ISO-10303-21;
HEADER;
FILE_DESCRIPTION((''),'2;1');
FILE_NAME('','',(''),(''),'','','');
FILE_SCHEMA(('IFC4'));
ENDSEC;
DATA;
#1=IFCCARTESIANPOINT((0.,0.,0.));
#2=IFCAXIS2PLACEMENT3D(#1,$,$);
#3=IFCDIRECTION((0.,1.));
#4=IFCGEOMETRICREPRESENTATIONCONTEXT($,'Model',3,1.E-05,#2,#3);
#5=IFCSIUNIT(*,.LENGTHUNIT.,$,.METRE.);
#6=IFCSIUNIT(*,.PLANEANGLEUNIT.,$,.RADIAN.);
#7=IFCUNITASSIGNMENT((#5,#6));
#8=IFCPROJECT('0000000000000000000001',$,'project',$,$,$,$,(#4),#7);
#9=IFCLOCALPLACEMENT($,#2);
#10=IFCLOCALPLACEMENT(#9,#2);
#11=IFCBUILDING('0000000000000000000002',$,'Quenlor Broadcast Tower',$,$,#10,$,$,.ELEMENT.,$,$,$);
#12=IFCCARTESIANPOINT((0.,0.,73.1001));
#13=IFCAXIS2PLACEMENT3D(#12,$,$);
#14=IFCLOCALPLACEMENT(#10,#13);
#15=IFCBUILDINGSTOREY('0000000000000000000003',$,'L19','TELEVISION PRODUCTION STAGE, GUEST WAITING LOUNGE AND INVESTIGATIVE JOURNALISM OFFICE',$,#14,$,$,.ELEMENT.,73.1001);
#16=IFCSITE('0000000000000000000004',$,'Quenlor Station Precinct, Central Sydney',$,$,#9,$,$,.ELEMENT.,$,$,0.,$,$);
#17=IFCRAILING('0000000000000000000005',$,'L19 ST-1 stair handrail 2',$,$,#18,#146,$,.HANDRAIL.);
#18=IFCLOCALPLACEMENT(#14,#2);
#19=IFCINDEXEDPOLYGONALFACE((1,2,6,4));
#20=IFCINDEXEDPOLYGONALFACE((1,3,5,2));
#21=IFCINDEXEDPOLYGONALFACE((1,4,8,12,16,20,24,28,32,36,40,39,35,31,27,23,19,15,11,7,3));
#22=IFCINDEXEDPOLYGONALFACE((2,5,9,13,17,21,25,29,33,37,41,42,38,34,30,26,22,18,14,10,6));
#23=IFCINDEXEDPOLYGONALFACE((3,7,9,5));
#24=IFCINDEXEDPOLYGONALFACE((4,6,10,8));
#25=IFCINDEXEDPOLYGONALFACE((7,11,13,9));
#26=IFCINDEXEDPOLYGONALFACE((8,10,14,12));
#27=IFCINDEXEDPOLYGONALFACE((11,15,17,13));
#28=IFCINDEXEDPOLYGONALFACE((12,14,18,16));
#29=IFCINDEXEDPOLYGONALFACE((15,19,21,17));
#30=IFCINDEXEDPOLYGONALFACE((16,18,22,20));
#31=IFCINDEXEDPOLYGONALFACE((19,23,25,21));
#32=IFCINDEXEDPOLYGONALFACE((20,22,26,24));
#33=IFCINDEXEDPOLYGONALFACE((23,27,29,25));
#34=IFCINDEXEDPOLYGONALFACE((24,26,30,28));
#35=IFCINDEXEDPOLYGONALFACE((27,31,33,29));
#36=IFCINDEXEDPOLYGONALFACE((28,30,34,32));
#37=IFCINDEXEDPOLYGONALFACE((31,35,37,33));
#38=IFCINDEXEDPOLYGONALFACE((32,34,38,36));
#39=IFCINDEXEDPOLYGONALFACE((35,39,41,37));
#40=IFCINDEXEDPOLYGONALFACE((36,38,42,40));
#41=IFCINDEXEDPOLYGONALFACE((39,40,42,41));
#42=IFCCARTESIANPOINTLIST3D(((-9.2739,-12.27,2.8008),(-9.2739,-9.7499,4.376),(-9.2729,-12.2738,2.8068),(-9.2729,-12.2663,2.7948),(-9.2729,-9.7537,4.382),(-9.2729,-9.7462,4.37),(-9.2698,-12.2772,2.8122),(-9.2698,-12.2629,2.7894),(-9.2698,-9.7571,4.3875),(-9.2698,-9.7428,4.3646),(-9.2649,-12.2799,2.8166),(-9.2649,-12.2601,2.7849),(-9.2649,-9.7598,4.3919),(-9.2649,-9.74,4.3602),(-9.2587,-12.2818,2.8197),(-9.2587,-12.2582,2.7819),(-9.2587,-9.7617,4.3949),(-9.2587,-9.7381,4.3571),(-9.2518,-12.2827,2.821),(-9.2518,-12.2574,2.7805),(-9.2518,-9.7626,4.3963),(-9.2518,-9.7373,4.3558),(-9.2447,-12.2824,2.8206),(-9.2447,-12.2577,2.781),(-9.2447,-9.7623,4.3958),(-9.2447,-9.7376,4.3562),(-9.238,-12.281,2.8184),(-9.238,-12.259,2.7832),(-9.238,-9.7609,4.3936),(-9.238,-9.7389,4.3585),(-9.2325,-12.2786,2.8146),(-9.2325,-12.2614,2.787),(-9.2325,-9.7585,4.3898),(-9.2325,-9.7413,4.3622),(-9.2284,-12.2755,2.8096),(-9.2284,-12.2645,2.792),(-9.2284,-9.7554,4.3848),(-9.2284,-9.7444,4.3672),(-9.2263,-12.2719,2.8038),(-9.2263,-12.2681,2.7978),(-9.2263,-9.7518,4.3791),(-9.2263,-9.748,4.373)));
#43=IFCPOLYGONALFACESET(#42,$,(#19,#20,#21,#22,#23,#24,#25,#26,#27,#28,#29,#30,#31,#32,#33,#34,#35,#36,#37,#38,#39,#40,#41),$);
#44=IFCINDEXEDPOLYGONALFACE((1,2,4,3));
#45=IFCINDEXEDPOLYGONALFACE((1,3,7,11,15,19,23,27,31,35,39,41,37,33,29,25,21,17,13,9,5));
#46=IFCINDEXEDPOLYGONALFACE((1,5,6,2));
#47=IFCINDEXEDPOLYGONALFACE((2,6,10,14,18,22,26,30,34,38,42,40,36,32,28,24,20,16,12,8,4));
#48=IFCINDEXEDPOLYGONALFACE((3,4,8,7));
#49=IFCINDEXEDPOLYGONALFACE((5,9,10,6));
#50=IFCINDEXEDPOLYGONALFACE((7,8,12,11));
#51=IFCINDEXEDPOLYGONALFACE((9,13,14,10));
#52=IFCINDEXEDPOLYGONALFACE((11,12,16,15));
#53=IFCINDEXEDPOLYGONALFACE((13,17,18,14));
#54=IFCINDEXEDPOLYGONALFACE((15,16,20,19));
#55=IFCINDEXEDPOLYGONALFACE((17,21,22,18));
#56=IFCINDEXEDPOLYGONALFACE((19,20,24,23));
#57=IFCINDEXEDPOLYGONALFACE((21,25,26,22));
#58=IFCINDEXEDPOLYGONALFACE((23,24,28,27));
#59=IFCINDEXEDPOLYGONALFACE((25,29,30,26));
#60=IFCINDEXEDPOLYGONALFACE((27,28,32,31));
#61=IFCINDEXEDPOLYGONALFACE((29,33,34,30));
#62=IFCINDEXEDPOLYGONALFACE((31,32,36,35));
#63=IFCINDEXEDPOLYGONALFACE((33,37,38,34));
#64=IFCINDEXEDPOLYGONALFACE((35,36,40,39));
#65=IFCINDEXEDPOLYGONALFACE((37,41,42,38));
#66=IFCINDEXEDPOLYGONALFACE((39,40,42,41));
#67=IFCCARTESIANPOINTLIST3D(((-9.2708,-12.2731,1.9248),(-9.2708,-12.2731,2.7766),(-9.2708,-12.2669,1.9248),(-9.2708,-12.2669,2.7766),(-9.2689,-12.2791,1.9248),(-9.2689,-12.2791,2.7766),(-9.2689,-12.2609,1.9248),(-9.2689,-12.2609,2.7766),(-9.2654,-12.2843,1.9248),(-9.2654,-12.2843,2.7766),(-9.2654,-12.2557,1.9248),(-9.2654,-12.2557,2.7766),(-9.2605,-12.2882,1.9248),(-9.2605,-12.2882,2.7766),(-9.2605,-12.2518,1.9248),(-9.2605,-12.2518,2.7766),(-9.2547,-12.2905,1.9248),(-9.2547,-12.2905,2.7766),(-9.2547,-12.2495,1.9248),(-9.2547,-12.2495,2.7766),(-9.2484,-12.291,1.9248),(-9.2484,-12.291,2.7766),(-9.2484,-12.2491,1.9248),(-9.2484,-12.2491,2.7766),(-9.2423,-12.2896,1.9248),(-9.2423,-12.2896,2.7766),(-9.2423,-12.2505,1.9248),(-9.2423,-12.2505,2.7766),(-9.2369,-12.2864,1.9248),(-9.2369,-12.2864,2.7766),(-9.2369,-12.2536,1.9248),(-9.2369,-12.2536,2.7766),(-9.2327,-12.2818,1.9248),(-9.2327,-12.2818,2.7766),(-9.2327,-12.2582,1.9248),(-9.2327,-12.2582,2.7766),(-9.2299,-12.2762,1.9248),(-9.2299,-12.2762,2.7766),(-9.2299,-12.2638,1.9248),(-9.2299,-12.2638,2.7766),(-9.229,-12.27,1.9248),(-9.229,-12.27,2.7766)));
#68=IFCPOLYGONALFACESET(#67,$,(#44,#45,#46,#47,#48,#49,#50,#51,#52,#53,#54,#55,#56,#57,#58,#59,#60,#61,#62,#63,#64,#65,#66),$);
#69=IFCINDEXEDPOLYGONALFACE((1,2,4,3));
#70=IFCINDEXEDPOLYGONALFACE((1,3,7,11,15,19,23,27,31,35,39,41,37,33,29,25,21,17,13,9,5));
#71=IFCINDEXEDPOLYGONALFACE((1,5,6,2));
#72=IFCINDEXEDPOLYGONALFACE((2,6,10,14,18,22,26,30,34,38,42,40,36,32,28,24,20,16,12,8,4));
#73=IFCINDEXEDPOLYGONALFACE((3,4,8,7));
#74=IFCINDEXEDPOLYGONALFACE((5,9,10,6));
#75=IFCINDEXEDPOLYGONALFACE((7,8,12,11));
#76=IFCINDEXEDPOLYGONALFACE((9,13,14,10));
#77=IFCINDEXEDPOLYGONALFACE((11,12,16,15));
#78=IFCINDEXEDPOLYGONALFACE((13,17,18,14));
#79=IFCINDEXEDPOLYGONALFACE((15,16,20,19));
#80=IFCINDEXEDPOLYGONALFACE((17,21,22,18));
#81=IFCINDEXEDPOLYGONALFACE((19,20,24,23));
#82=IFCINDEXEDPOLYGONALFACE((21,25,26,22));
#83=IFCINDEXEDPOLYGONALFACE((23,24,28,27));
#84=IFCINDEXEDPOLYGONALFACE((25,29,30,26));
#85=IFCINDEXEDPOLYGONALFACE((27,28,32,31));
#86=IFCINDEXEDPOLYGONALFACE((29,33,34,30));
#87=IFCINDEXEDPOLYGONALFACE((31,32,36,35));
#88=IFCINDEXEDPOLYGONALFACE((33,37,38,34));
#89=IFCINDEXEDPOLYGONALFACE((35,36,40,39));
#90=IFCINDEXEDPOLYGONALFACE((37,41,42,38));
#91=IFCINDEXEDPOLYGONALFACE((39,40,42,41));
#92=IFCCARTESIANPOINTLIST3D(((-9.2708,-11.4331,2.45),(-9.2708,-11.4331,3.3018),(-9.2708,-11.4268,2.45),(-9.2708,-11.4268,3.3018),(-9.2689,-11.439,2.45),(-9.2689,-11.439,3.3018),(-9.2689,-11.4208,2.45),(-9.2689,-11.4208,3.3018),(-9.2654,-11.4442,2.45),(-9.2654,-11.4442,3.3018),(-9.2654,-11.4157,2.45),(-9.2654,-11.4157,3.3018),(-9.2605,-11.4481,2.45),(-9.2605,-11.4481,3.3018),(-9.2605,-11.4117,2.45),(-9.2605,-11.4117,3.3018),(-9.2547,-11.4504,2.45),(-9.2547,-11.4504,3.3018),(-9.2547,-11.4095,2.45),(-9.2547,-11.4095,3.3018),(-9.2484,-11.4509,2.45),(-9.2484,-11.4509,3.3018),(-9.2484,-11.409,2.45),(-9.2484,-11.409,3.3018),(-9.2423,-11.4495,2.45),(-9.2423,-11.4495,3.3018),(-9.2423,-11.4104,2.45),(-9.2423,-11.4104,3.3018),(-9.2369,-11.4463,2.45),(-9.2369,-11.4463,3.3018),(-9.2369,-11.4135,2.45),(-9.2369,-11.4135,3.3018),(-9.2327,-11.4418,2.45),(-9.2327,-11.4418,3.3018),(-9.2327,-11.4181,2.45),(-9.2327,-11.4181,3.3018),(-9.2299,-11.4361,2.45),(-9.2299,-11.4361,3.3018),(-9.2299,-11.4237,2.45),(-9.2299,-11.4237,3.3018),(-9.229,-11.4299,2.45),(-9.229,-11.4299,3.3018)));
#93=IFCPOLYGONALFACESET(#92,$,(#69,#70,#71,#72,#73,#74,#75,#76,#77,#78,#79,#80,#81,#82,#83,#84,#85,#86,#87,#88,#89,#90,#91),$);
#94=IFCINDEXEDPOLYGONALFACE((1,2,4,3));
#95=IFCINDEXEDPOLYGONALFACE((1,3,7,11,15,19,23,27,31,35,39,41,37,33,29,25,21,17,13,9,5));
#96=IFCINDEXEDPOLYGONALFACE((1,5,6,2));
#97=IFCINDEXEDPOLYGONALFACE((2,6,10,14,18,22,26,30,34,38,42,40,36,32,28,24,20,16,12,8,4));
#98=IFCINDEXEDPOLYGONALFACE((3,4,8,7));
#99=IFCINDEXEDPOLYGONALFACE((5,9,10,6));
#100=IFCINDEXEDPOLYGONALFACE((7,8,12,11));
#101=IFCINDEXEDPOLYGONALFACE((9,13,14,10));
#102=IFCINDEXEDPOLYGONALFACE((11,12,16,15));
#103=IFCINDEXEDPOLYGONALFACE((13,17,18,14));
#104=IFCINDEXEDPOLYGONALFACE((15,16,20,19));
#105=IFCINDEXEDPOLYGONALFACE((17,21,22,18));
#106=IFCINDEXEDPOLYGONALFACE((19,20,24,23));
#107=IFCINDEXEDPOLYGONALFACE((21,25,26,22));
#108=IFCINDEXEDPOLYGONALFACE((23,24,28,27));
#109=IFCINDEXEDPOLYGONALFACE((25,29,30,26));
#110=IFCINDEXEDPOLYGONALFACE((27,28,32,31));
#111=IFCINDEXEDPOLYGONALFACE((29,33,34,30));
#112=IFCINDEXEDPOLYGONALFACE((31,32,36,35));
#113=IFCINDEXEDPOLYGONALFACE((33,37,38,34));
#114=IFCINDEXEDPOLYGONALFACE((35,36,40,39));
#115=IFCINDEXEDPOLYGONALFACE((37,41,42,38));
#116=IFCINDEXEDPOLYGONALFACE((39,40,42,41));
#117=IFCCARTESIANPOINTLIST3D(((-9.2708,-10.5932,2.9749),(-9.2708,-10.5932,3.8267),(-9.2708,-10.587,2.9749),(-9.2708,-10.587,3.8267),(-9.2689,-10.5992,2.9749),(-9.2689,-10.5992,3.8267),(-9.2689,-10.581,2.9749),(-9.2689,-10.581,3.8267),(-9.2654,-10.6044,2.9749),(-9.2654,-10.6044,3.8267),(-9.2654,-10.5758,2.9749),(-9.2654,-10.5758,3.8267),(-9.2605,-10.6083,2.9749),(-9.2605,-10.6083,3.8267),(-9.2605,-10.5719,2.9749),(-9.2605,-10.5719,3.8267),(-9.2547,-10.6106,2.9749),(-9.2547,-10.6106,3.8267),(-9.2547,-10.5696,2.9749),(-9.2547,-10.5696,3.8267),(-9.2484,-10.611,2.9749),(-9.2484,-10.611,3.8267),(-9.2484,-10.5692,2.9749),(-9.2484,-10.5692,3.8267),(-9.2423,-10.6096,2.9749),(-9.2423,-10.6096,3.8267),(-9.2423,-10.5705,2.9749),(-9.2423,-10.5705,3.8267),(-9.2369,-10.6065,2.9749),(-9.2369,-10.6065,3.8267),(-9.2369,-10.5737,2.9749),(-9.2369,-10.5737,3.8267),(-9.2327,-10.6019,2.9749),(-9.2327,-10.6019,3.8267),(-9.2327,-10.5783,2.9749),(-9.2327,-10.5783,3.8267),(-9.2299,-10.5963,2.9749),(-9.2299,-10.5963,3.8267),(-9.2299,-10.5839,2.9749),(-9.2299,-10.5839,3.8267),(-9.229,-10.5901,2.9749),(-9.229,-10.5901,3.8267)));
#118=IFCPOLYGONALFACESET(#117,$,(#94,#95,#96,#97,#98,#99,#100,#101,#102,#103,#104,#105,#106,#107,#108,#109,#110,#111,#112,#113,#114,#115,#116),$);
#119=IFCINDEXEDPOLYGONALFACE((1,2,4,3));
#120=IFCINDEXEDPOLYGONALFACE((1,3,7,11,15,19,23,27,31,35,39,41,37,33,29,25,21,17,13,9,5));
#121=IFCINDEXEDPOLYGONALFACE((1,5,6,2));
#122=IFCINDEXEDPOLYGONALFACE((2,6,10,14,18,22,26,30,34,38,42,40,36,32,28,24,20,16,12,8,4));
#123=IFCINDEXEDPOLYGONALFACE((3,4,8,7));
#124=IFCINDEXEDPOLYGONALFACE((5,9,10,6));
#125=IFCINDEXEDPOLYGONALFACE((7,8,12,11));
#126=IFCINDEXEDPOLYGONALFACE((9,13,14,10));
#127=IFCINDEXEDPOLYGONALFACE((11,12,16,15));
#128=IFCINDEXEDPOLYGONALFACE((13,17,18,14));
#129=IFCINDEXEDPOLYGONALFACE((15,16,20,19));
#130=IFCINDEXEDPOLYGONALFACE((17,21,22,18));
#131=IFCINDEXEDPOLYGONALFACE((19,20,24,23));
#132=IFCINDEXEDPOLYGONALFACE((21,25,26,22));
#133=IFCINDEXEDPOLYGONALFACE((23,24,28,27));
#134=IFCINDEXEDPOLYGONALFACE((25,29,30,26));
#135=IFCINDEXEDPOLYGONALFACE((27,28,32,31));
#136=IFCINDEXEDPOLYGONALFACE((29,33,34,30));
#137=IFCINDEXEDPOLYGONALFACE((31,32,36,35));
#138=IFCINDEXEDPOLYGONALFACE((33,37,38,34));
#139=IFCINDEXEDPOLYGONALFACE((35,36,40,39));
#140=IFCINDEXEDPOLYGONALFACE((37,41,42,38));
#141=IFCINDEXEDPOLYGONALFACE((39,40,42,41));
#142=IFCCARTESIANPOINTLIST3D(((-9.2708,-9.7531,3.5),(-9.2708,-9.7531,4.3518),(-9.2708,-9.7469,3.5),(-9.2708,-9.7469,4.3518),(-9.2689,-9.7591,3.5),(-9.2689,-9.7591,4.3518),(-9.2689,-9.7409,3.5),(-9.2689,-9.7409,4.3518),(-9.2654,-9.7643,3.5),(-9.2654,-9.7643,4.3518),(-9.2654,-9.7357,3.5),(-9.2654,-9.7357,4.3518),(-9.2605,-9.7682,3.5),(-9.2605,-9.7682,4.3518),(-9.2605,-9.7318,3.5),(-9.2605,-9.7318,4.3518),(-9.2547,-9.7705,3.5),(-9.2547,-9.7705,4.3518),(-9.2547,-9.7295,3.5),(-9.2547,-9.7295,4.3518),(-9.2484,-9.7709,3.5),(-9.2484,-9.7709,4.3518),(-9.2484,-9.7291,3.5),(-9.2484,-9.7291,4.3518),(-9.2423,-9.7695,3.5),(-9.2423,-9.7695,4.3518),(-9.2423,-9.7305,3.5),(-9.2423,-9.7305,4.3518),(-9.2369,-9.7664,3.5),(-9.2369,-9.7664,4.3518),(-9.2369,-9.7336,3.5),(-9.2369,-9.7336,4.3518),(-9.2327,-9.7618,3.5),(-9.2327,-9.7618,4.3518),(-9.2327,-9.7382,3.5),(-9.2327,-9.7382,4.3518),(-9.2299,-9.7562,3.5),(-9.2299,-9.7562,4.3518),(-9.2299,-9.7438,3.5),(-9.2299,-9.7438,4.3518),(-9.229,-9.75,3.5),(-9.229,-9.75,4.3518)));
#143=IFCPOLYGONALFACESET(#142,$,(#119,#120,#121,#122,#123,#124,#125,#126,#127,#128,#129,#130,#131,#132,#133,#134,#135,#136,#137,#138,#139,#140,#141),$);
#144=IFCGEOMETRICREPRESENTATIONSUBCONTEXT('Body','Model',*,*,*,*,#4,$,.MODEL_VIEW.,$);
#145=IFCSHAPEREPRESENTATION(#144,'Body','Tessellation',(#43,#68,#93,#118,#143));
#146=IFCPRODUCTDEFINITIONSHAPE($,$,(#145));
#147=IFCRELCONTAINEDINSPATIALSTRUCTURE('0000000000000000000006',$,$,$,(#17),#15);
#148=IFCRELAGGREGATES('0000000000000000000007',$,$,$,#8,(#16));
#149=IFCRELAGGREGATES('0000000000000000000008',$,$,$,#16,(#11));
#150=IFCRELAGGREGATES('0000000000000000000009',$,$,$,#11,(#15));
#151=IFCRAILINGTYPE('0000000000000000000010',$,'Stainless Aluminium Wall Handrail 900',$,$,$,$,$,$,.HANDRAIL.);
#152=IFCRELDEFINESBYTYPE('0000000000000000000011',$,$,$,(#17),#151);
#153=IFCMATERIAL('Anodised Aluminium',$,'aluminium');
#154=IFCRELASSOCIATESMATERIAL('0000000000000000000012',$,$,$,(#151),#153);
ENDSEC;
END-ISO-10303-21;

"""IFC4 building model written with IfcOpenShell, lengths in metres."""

from ifc_helpers import new_model, si_unit, direction, frame, origin, origin_2d, place, context, subcontext, project, spatial, circle, extrude, material, type_object, element, save


model = new_model("IFC4")

# Units and contexts
model_context = context("Model", 3, precision=1e-05, world=origin(), true_north=direction((0.0, 1.0)))
body_context = subcontext(model_context, "Body", "Model", "MODEL_VIEW")
ifc_project = project(units=[si_unit("LENGTHUNIT", "METRE"), si_unit("PLANEANGLEUNIT", "RADIAN")], contexts=[model_context])

# Site, building, storey
site_placement = place(None, origin())
site = spatial("IfcSite", under=ifc_project, at=site_placement, Name="Quenlor Station Precinct, Central Sydney", CompositionType="ELEMENT", RefElevation=0.0)
building_placement = place(site_placement, origin())
building = spatial("IfcBuilding", under=site, at=building_placement, Name="Quenlor Broadcast Tower", CompositionType="ELEMENT")
storey_placement = place(building_placement, frame((0.0, 0.0, 73.1001)))
storey = spatial("IfcBuildingStorey", under=building, at=storey_placement, Name="L19", Description="TELEVISION PRODUCTION STAGE, GUEST WAITING LOUNGE AND INVESTIGATIVE JOURNALISM OFFICE", CompositionType="ELEMENT", Elevation=73.1001)

# Railing
ifc_material_1 = material(Name="Anodised Aluminium", Category="aluminium")
railing_type = type_object("IfcRailingType", Name="Stainless Aluminium Wall Handrail 900", PredefinedType="HANDRAIL", material=ifc_material_1)
railing_placement = place(storey_placement, frame((-9.25, -12.27, 1.9248)))
element("IfcRailing", 1, at=railing_placement, inside=storey, type_object=railing_type, Name="L19 ST-1 stair handrail 2", PredefinedType="HANDRAIL", context=body_context, shape_type="SweptSolid", body=[
    extrude(circle(Radius=0.0239, at=origin_2d()), frame((0.0, 0.0, 0.876), z_axis=(0.0, 0.847971, 0.530043), x_axis=(-1.0, 0.0, 0.0)), (0.0, 0.0, 1.0), 2.9719),
    extrude(circle(Radius=0.021, at=origin_2d()), origin(), (0.0, 0.0, 1.0), 0.8518),
    extrude(circle(Radius=0.021, at=origin_2d()), frame((0.0, 0.8401, 0.5251)), (0.0, 0.0, 1.0), 0.8518),
    extrude(circle(Radius=0.021, at=origin_2d()), frame((0.0, 1.6799, 1.05)), (0.0, 0.0, 1.0), 0.8518),
    extrude(circle(Radius=0.021, at=origin_2d()), frame((0.0, 2.52, 1.5752)), (0.0, 0.0, 1.0), 0.8518),
])

save(model, "model.ifc")
